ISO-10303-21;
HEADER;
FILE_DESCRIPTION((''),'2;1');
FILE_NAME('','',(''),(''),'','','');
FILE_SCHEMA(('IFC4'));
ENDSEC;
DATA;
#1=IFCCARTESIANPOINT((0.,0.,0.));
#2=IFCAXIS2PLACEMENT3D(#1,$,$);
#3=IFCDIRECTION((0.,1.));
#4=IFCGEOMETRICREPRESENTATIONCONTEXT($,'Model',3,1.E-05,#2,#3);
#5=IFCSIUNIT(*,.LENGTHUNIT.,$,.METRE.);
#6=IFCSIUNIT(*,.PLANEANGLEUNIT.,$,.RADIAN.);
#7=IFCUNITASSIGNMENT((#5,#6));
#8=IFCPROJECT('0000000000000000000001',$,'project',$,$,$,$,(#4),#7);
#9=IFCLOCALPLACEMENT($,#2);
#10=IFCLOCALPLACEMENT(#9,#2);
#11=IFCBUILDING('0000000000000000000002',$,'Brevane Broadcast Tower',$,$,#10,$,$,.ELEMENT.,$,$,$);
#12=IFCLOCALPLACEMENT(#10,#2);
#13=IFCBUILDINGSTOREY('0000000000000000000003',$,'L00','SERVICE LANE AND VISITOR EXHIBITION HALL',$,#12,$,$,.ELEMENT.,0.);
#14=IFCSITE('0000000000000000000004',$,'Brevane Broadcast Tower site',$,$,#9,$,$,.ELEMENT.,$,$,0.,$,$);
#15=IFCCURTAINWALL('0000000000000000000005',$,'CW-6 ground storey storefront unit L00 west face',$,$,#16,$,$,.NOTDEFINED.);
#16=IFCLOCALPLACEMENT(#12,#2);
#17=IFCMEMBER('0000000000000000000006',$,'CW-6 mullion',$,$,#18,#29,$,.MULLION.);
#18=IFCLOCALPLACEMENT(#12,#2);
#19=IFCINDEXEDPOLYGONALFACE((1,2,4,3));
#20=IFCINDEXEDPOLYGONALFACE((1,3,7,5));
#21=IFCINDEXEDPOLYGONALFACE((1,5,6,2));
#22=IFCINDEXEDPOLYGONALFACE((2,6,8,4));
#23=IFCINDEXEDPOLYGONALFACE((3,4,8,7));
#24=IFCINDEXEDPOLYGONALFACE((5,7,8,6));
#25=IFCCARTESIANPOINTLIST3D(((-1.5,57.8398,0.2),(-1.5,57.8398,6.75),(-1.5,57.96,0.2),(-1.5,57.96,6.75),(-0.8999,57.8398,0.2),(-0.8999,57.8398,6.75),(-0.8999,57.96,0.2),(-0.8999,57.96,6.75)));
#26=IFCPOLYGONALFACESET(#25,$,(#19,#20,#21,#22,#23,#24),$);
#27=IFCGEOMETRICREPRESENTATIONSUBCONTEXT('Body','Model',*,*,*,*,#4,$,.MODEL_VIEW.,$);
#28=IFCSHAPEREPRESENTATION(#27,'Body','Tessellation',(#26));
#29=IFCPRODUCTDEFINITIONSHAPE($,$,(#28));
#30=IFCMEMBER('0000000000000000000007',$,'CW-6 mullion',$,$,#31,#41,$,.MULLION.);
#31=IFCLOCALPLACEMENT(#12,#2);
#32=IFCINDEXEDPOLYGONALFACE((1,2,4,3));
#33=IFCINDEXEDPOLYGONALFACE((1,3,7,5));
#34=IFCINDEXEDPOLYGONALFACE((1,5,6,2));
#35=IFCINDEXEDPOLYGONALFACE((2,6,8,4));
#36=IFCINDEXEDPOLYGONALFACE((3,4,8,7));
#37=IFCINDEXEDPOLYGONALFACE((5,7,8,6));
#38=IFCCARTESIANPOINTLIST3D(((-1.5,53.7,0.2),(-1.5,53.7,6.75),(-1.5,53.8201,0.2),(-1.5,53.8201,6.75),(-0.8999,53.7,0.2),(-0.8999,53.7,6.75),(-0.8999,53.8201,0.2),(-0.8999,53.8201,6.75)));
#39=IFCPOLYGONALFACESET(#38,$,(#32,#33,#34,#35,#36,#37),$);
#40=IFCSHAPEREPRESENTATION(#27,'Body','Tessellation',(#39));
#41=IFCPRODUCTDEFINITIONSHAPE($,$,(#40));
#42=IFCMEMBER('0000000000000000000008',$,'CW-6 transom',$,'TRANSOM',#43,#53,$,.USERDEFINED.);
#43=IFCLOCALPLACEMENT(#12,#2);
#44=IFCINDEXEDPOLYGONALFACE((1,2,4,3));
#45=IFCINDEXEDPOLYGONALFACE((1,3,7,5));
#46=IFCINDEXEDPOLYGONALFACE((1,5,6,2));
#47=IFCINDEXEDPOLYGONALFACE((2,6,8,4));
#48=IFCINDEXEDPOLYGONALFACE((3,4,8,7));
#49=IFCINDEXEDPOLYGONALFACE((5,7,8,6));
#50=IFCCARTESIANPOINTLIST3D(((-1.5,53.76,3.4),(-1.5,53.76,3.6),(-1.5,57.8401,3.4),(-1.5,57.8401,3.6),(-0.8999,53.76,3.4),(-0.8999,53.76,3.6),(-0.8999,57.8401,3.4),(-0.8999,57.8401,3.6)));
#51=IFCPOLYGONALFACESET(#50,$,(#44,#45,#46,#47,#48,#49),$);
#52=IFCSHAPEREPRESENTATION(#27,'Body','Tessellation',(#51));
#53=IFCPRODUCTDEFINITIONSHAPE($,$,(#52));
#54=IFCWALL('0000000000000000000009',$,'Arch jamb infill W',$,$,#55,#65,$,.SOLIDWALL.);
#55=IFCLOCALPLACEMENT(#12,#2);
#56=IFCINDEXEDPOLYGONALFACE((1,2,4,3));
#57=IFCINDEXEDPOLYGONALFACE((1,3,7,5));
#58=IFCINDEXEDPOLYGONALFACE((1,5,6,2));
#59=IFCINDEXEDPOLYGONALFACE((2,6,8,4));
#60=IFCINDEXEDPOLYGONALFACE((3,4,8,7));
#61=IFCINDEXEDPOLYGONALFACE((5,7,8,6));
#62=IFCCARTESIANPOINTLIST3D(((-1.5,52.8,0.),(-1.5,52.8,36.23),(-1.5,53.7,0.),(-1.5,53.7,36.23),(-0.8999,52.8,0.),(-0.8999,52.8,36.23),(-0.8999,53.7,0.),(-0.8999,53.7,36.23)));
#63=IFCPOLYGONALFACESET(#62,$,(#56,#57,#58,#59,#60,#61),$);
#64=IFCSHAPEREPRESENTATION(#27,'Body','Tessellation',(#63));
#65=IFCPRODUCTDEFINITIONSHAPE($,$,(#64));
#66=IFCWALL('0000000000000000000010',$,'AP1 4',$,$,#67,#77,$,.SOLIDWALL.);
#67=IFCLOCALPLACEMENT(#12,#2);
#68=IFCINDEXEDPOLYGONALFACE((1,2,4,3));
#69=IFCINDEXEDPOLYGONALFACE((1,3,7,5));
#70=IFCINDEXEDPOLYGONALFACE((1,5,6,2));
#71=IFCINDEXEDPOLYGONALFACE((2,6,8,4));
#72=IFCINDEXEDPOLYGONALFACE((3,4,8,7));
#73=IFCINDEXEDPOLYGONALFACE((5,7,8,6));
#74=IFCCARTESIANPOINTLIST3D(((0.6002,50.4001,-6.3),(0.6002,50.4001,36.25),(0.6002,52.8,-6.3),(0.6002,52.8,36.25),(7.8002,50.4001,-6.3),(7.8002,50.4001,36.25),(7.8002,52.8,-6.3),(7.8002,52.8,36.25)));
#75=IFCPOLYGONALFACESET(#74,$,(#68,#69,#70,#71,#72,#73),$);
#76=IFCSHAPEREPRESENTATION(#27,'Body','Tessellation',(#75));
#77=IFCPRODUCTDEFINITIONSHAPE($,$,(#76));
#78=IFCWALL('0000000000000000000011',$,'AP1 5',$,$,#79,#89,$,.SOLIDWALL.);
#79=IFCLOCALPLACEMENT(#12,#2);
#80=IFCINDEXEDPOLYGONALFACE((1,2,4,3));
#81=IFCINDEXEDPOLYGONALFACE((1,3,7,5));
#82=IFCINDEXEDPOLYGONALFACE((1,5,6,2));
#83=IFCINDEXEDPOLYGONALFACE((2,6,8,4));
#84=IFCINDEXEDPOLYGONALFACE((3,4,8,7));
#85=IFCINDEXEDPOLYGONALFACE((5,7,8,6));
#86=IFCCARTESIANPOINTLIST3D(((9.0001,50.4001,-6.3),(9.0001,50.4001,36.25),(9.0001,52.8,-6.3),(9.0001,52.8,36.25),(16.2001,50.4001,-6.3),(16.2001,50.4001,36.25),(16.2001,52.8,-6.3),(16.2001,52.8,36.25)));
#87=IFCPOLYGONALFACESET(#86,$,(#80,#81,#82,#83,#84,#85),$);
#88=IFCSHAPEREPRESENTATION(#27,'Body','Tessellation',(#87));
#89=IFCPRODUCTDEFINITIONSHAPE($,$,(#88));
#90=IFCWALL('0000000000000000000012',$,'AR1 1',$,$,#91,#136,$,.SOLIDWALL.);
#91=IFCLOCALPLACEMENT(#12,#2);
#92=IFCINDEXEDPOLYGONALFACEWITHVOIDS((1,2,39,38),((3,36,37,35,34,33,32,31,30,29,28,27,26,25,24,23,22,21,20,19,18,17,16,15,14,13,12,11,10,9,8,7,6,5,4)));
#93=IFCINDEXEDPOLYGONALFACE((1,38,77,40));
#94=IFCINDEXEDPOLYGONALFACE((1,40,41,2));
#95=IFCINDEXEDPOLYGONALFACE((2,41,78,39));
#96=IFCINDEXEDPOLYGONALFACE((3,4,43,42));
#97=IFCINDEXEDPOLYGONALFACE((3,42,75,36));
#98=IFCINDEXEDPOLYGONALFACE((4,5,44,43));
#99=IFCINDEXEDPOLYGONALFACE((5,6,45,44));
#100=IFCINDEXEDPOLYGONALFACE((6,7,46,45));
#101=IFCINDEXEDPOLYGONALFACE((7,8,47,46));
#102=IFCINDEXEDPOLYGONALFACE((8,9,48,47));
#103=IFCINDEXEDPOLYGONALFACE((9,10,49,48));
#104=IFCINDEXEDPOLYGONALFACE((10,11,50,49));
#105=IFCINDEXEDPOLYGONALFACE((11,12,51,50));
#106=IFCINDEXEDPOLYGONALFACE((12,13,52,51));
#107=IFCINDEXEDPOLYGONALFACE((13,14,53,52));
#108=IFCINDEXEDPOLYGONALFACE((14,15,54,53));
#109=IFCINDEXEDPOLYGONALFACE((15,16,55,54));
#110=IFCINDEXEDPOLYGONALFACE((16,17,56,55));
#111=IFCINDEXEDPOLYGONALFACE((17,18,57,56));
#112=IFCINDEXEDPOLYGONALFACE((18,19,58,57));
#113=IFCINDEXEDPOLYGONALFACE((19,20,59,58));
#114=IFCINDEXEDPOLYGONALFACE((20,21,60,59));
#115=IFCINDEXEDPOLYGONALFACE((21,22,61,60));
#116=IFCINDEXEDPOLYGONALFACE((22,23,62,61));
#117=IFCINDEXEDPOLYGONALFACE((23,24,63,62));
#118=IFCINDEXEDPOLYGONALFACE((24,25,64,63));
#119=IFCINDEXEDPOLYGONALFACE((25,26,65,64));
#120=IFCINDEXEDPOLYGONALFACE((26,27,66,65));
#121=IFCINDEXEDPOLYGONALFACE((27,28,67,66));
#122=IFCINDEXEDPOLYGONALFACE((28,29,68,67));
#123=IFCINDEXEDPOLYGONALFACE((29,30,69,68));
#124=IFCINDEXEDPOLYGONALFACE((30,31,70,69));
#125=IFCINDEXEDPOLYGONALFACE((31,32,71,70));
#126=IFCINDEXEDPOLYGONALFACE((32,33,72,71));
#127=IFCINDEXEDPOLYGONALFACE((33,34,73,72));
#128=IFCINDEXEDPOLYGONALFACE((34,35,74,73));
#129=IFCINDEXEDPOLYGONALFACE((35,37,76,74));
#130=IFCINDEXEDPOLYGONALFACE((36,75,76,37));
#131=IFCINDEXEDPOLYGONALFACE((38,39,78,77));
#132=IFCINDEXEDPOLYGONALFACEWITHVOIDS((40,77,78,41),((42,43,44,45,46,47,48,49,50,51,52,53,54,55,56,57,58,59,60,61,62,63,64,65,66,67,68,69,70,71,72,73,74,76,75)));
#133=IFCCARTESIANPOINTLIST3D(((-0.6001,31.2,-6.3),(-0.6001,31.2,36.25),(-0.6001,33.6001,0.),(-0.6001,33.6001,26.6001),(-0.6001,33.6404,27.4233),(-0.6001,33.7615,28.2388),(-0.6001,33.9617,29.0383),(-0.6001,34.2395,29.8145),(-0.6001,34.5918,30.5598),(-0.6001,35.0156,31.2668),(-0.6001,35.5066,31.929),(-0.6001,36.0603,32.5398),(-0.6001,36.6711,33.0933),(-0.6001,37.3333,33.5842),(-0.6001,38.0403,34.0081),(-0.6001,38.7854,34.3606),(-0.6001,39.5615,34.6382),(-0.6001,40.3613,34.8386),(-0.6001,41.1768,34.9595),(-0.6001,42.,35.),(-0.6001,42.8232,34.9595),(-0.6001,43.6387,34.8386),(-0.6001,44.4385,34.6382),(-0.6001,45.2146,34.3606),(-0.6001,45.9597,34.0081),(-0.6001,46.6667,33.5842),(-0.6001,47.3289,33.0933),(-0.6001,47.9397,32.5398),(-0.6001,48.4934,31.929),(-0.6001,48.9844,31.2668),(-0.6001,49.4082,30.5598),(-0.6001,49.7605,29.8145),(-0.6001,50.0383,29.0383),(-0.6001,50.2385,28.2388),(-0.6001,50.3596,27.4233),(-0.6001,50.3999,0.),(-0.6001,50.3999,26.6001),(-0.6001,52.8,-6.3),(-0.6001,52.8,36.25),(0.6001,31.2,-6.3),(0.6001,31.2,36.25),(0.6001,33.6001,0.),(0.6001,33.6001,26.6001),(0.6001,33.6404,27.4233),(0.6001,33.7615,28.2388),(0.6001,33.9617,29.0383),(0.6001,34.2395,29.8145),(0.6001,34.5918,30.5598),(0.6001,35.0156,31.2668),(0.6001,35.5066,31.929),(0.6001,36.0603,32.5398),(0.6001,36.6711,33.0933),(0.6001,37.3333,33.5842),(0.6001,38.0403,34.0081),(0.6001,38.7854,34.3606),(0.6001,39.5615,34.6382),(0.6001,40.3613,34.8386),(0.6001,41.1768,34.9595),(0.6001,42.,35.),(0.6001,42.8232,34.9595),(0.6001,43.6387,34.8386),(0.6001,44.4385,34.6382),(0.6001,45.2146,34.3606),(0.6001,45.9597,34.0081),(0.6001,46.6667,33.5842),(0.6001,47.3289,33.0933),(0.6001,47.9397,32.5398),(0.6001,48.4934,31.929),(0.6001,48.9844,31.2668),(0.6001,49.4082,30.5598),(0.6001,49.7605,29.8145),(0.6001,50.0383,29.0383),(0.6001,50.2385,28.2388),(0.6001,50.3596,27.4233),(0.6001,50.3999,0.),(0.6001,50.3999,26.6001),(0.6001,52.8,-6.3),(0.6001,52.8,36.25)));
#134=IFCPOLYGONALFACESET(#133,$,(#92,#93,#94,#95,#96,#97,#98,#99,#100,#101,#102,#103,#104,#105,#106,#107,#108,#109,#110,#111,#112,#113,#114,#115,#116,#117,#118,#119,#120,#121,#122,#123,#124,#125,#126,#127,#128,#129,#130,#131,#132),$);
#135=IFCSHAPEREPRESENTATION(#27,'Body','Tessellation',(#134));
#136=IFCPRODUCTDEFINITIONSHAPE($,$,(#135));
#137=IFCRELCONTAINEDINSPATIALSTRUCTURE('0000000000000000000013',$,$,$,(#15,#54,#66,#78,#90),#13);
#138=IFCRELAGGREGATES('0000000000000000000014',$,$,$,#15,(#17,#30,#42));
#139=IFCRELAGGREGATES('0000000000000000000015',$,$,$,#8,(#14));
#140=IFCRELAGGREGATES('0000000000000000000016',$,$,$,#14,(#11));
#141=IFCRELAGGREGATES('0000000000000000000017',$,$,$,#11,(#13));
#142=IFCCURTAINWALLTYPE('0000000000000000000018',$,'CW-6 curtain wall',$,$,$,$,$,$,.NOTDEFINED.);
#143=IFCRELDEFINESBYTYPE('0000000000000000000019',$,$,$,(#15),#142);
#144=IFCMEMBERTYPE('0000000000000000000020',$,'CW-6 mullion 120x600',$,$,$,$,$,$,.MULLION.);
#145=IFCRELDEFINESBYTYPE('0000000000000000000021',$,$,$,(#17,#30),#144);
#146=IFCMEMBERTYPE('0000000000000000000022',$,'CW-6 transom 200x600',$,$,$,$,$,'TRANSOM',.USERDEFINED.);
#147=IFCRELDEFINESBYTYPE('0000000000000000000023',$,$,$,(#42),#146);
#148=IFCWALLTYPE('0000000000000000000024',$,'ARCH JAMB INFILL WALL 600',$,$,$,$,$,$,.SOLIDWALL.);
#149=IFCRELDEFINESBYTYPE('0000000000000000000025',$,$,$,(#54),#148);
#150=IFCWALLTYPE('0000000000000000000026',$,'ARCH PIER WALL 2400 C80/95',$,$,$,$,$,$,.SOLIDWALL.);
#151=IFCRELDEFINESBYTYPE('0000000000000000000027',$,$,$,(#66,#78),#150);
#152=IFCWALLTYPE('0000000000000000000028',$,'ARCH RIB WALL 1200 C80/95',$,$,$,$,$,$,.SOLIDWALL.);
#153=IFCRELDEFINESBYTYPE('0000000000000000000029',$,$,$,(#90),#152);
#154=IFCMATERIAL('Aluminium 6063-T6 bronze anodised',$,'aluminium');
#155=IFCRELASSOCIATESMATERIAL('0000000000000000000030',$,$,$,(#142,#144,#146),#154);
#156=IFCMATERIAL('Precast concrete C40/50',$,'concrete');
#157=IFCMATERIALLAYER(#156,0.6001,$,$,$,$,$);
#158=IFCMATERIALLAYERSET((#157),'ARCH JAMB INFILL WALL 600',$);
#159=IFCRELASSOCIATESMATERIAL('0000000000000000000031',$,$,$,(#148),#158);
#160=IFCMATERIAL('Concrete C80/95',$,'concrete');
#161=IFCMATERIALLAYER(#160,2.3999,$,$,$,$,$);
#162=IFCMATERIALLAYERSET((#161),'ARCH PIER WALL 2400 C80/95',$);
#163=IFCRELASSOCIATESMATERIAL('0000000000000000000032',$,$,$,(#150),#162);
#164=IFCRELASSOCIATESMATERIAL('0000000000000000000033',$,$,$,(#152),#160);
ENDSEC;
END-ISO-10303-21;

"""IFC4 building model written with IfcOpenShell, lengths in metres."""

from ifc_helpers import new_model, si_unit, direction, frame, frame_2d, origin, origin_2d, place, context, subcontext, project, spatial, polyline, rectangle, outline, extrude, material, layer, layer_set, material_profile, profile_set, type_object, element, aggregate, save


model = new_model("IFC4")

# Units and contexts
model_context = context("Model", 3, precision=1e-05, world=origin(), true_north=direction((0.0, 1.0)))
body_context = subcontext(model_context, "Body", "Model", "MODEL_VIEW")
ifc_project = project(units=[si_unit("LENGTHUNIT", "METRE"), si_unit("PLANEANGLEUNIT", "RADIAN")], contexts=[model_context])

# Site, building, storey
site_placement = place(None, origin())
site = spatial("IfcSite", under=ifc_project, at=site_placement, Name="Brevane Broadcast Tower site", CompositionType="ELEMENT", RefElevation=0.0)
building_placement = place(site_placement, origin())
building = spatial("IfcBuilding", under=site, at=building_placement, Name="Brevane Broadcast Tower", CompositionType="ELEMENT")
storey_placement = place(building_placement, origin())
storey = spatial("IfcBuildingStorey", under=building, at=storey_placement, Name="L00", Description="SERVICE LANE AND VISITOR EXHIBITION HALL", CompositionType="ELEMENT", Elevation=0.0)

# Curtain wall, members
ifc_material_1 = material(Name="Aluminium 6063-T6 bronze anodised", Category="aluminium")
curtain_wall_type = type_object("IfcCurtainWallType", Name="CW-6 curtain wall", PredefinedType="NOTDEFINED", material=ifc_material_1)
curtain_wall_placement = place(storey_placement, origin())
curtain_wall = element("IfcCurtainWall", 1, at=curtain_wall_placement, inside=storey, type_object=curtain_wall_type, Name="CW-6 ground storey storefront unit L00 west face", PredefinedType="NOTDEFINED")
ifc_material_profile_1 = material_profile(ifc_material_1, rectangle(XDim=0.6001, YDim=0.1201, at=origin_2d()), Name="RECT 120x600")
ifc_profile_set_1 = profile_set([ifc_material_profile_1], Name="Aluminium 6063-T6 bronze anodised")
member_type_1 = type_object("IfcMemberType", Name="CW-6 mullion 120x600", PredefinedType="MULLION", material=ifc_profile_set_1)
member_1_placement = place(storey_placement, frame((-1.2, 57.8999, 0.2), z_axis=(0.0, 0.0, 1.0), x_axis=(1.0, 0.0, 0.0)))
member_1 = element("IfcMember", 2, at=member_1_placement, type_object=member_type_1, Name="CW-6 mullion", PredefinedType="MULLION", context=body_context, shape_type="SweptSolid", body=[
    extrude(rectangle(XDim=0.6001, YDim=0.1201, at=origin_2d()), origin(), (0.0, 0.0, 1.0), 6.55),
])
member_2_placement = place(storey_placement, frame((-1.2, 53.76, 0.2), z_axis=(0.0, 0.0, 1.0), x_axis=(1.0, 0.0, 0.0)))
member_2 = element("IfcMember", 3, at=member_2_placement, type_object=member_type_1, Name="CW-6 mullion", PredefinedType="MULLION", context=body_context, shape_type="SweptSolid", body=[
    extrude(rectangle(XDim=0.6001, YDim=0.1201, at=origin_2d()), origin(), (0.0, 0.0, 1.0), 6.55),
])
ifc_material_profile_2 = material_profile(ifc_material_1, rectangle(XDim=0.6001, YDim=0.2, at=origin_2d()), Name="RECT 200x600")
ifc_profile_set_2 = profile_set([ifc_material_profile_2], Name="Aluminium 6063-T6 bronze anodised")
member_type_2 = type_object("IfcMemberType", Name="CW-6 transom 200x600", ElementType="TRANSOM", PredefinedType="USERDEFINED", material=ifc_profile_set_2)
member_3_placement = place(storey_placement, frame((-1.2, 57.8401, 3.5), z_axis=(0.0, -1.0, 0.0), x_axis=(1.0, 0.0, 0.0)))
member_3 = element("IfcMember", 4, at=member_3_placement, type_object=member_type_2, Name="CW-6 transom", ObjectType="TRANSOM", PredefinedType="USERDEFINED", context=body_context, shape_type="SweptSolid", body=[
    extrude(rectangle(XDim=0.6001, YDim=0.2, at=origin_2d()), origin(), (0.0, 0.0, 1.0), 4.0801),
])
aggregate(curtain_wall, [member_1, member_2, member_3])

# Walls
ifc_material_2 = material(Name="Precast concrete C40/50", Category="concrete")
ifc_layer_1 = layer(ifc_material_2, 0.6001)
ifc_layer_set_1 = layer_set([ifc_layer_1], Name="ARCH JAMB INFILL WALL 600")
wall_type_1 = type_object("IfcWallType", Name="ARCH JAMB INFILL WALL 600", PredefinedType="SOLIDWALL", material=ifc_layer_set_1)
wall_1_placement = place(storey_placement, frame((-1.2, 52.8, 0.0), z_axis=(0.0, 0.0, 1.0), x_axis=(0.0, 1.0, 0.0)))
element("IfcWall", 5, at=wall_1_placement, inside=storey, type_object=wall_type_1, Name="Arch jamb infill W", PredefinedType="SOLIDWALL", context=body_context, shape_type="SweptSolid", body=[
    extrude(rectangle(XDim=0.8999, YDim=0.6001, at=frame_2d((0.45, 0.0))), origin(), (0.0, 0.0, 1.0), 36.23),
])
ifc_material_3 = material(Name="Concrete C80/95", Category="concrete")
ifc_layer_2 = layer(ifc_material_3, 2.3999)
ifc_layer_set_2 = layer_set([ifc_layer_2], Name="ARCH PIER WALL 2400 C80/95")
wall_type_2 = type_object("IfcWallType", Name="ARCH PIER WALL 2400 C80/95", PredefinedType="SOLIDWALL", material=ifc_layer_set_2)
for number, where, z_axis, x_axis, name in (
    (6, (0.6001, 51.6001, -6.3), (0.0, 0.0, 1.0), (1.0, 0.0, 0.0), "AP1 4"),
    (7, (9.0, 51.6001, -6.3), (0.0, 0.0, 1.0), (1.0, 0.0, 0.0), "AP1 5"),
):
    element("IfcWall", number, at=place(storey_placement, frame(where, z_axis=z_axis, x_axis=x_axis)), inside=storey, type_object=wall_type_2, Name=name, PredefinedType="SOLIDWALL", context=body_context, shape_type="SweptSolid", body=[
        extrude(rectangle(XDim=7.2, YDim=2.3999, at=frame_2d((3.6001, 0.0))), origin(), (0.0, 0.0, 1.0), 42.55),
    ])
ifc_material_profile_3 = material_profile(ifc_material_3, outline(polyline([(-10.8, -6.3), (10.8, -6.3), (10.8, 36.25), (-10.8, 36.25), (-10.8, -6.3)]), holes=[polyline([(-8.3999, 0.0), (-8.3999, 26.6001), (-8.3596, 27.4233), (-8.2385, 28.2388), (-8.0383, 29.0383), (-7.7605, 29.8145), (-7.4082, 30.5598), (-6.9844, 31.2668), (-6.4934, 31.929), (-5.9397, 32.5398), (-5.3289, 33.0933), (-4.6667, 33.5842), (-3.9597, 34.0081), (-3.2146, 34.3606), (-2.4385, 34.6382), (-1.6387, 34.8386), (-0.8232, 34.9595), (0.0, 35.0), (0.8232, 34.9595), (1.6387, 34.8386), (2.4385, 34.6382), (3.2146, 34.3606), (3.9597, 34.0081), (4.6667, 33.5842), (5.3289, 33.0933), (5.9397, 32.5398), (6.4934, 31.929), (6.9844, 31.2668), (7.4082, 30.5598), (7.7605, 29.8145), (8.0383, 29.0383), (8.2385, 28.2388), (8.3596, 27.4233), (8.3999, 26.6001), (8.3999, 0.0), (-8.3999, 0.0)])]), Name="ARCH RIB")
ifc_profile_set_3 = profile_set([ifc_material_profile_3], Name="Concrete C80/95")
wall_type_3 = type_object("IfcWallType", Name="ARCH RIB WALL 1200 C80/95", PredefinedType="SOLIDWALL", material=ifc_profile_set_3)
wall_2_placement = place(storey_placement, frame((-0.6001, 42.0, 0.0), z_axis=(1.0, 0.0, 0.0), x_axis=(0.0, 1.0, 0.0)))
element("IfcWall", 8, at=wall_2_placement, inside=storey, type_object=wall_type_3, Name="AR1 1", PredefinedType="SOLIDWALL", context=body_context, shape_type="SweptSolid", body=[
    extrude(outline(polyline([(-10.8, -6.3), (10.8, -6.3), (10.8, 36.25), (-10.8, 36.25), (-10.8, -6.3)]), holes=[polyline([(-8.3999, 0.0), (-8.3999, 26.6001), (-8.3596, 27.4233), (-8.2385, 28.2388), (-8.0383, 29.0383), (-7.7605, 29.8145), (-7.4082, 30.5598), (-6.9844, 31.2668), (-6.4934, 31.929), (-5.9397, 32.5398), (-5.3289, 33.0933), (-4.6667, 33.5842), (-3.9597, 34.0081), (-3.2146, 34.3606), (-2.4385, 34.6382), (-1.6387, 34.8386), (-0.8232, 34.9595), (0.0, 35.0), (0.8232, 34.9595), (1.6387, 34.8386), (2.4385, 34.6382), (3.2146, 34.3606), (3.9597, 34.0081), (4.6667, 33.5842), (5.3289, 33.0933), (5.9397, 32.5398), (6.4934, 31.929), (6.9844, 31.2668), (7.4082, 30.5598), (7.7605, 29.8145), (8.0383, 29.0383), (8.2385, 28.2388), (8.3596, 27.4233), (8.3999, 26.6001), (8.3999, 0.0), (-8.3999, 0.0)])]), origin(), (0.0, 0.0, 1.0), 1.2002),
])

save(model, "model.ifc")
